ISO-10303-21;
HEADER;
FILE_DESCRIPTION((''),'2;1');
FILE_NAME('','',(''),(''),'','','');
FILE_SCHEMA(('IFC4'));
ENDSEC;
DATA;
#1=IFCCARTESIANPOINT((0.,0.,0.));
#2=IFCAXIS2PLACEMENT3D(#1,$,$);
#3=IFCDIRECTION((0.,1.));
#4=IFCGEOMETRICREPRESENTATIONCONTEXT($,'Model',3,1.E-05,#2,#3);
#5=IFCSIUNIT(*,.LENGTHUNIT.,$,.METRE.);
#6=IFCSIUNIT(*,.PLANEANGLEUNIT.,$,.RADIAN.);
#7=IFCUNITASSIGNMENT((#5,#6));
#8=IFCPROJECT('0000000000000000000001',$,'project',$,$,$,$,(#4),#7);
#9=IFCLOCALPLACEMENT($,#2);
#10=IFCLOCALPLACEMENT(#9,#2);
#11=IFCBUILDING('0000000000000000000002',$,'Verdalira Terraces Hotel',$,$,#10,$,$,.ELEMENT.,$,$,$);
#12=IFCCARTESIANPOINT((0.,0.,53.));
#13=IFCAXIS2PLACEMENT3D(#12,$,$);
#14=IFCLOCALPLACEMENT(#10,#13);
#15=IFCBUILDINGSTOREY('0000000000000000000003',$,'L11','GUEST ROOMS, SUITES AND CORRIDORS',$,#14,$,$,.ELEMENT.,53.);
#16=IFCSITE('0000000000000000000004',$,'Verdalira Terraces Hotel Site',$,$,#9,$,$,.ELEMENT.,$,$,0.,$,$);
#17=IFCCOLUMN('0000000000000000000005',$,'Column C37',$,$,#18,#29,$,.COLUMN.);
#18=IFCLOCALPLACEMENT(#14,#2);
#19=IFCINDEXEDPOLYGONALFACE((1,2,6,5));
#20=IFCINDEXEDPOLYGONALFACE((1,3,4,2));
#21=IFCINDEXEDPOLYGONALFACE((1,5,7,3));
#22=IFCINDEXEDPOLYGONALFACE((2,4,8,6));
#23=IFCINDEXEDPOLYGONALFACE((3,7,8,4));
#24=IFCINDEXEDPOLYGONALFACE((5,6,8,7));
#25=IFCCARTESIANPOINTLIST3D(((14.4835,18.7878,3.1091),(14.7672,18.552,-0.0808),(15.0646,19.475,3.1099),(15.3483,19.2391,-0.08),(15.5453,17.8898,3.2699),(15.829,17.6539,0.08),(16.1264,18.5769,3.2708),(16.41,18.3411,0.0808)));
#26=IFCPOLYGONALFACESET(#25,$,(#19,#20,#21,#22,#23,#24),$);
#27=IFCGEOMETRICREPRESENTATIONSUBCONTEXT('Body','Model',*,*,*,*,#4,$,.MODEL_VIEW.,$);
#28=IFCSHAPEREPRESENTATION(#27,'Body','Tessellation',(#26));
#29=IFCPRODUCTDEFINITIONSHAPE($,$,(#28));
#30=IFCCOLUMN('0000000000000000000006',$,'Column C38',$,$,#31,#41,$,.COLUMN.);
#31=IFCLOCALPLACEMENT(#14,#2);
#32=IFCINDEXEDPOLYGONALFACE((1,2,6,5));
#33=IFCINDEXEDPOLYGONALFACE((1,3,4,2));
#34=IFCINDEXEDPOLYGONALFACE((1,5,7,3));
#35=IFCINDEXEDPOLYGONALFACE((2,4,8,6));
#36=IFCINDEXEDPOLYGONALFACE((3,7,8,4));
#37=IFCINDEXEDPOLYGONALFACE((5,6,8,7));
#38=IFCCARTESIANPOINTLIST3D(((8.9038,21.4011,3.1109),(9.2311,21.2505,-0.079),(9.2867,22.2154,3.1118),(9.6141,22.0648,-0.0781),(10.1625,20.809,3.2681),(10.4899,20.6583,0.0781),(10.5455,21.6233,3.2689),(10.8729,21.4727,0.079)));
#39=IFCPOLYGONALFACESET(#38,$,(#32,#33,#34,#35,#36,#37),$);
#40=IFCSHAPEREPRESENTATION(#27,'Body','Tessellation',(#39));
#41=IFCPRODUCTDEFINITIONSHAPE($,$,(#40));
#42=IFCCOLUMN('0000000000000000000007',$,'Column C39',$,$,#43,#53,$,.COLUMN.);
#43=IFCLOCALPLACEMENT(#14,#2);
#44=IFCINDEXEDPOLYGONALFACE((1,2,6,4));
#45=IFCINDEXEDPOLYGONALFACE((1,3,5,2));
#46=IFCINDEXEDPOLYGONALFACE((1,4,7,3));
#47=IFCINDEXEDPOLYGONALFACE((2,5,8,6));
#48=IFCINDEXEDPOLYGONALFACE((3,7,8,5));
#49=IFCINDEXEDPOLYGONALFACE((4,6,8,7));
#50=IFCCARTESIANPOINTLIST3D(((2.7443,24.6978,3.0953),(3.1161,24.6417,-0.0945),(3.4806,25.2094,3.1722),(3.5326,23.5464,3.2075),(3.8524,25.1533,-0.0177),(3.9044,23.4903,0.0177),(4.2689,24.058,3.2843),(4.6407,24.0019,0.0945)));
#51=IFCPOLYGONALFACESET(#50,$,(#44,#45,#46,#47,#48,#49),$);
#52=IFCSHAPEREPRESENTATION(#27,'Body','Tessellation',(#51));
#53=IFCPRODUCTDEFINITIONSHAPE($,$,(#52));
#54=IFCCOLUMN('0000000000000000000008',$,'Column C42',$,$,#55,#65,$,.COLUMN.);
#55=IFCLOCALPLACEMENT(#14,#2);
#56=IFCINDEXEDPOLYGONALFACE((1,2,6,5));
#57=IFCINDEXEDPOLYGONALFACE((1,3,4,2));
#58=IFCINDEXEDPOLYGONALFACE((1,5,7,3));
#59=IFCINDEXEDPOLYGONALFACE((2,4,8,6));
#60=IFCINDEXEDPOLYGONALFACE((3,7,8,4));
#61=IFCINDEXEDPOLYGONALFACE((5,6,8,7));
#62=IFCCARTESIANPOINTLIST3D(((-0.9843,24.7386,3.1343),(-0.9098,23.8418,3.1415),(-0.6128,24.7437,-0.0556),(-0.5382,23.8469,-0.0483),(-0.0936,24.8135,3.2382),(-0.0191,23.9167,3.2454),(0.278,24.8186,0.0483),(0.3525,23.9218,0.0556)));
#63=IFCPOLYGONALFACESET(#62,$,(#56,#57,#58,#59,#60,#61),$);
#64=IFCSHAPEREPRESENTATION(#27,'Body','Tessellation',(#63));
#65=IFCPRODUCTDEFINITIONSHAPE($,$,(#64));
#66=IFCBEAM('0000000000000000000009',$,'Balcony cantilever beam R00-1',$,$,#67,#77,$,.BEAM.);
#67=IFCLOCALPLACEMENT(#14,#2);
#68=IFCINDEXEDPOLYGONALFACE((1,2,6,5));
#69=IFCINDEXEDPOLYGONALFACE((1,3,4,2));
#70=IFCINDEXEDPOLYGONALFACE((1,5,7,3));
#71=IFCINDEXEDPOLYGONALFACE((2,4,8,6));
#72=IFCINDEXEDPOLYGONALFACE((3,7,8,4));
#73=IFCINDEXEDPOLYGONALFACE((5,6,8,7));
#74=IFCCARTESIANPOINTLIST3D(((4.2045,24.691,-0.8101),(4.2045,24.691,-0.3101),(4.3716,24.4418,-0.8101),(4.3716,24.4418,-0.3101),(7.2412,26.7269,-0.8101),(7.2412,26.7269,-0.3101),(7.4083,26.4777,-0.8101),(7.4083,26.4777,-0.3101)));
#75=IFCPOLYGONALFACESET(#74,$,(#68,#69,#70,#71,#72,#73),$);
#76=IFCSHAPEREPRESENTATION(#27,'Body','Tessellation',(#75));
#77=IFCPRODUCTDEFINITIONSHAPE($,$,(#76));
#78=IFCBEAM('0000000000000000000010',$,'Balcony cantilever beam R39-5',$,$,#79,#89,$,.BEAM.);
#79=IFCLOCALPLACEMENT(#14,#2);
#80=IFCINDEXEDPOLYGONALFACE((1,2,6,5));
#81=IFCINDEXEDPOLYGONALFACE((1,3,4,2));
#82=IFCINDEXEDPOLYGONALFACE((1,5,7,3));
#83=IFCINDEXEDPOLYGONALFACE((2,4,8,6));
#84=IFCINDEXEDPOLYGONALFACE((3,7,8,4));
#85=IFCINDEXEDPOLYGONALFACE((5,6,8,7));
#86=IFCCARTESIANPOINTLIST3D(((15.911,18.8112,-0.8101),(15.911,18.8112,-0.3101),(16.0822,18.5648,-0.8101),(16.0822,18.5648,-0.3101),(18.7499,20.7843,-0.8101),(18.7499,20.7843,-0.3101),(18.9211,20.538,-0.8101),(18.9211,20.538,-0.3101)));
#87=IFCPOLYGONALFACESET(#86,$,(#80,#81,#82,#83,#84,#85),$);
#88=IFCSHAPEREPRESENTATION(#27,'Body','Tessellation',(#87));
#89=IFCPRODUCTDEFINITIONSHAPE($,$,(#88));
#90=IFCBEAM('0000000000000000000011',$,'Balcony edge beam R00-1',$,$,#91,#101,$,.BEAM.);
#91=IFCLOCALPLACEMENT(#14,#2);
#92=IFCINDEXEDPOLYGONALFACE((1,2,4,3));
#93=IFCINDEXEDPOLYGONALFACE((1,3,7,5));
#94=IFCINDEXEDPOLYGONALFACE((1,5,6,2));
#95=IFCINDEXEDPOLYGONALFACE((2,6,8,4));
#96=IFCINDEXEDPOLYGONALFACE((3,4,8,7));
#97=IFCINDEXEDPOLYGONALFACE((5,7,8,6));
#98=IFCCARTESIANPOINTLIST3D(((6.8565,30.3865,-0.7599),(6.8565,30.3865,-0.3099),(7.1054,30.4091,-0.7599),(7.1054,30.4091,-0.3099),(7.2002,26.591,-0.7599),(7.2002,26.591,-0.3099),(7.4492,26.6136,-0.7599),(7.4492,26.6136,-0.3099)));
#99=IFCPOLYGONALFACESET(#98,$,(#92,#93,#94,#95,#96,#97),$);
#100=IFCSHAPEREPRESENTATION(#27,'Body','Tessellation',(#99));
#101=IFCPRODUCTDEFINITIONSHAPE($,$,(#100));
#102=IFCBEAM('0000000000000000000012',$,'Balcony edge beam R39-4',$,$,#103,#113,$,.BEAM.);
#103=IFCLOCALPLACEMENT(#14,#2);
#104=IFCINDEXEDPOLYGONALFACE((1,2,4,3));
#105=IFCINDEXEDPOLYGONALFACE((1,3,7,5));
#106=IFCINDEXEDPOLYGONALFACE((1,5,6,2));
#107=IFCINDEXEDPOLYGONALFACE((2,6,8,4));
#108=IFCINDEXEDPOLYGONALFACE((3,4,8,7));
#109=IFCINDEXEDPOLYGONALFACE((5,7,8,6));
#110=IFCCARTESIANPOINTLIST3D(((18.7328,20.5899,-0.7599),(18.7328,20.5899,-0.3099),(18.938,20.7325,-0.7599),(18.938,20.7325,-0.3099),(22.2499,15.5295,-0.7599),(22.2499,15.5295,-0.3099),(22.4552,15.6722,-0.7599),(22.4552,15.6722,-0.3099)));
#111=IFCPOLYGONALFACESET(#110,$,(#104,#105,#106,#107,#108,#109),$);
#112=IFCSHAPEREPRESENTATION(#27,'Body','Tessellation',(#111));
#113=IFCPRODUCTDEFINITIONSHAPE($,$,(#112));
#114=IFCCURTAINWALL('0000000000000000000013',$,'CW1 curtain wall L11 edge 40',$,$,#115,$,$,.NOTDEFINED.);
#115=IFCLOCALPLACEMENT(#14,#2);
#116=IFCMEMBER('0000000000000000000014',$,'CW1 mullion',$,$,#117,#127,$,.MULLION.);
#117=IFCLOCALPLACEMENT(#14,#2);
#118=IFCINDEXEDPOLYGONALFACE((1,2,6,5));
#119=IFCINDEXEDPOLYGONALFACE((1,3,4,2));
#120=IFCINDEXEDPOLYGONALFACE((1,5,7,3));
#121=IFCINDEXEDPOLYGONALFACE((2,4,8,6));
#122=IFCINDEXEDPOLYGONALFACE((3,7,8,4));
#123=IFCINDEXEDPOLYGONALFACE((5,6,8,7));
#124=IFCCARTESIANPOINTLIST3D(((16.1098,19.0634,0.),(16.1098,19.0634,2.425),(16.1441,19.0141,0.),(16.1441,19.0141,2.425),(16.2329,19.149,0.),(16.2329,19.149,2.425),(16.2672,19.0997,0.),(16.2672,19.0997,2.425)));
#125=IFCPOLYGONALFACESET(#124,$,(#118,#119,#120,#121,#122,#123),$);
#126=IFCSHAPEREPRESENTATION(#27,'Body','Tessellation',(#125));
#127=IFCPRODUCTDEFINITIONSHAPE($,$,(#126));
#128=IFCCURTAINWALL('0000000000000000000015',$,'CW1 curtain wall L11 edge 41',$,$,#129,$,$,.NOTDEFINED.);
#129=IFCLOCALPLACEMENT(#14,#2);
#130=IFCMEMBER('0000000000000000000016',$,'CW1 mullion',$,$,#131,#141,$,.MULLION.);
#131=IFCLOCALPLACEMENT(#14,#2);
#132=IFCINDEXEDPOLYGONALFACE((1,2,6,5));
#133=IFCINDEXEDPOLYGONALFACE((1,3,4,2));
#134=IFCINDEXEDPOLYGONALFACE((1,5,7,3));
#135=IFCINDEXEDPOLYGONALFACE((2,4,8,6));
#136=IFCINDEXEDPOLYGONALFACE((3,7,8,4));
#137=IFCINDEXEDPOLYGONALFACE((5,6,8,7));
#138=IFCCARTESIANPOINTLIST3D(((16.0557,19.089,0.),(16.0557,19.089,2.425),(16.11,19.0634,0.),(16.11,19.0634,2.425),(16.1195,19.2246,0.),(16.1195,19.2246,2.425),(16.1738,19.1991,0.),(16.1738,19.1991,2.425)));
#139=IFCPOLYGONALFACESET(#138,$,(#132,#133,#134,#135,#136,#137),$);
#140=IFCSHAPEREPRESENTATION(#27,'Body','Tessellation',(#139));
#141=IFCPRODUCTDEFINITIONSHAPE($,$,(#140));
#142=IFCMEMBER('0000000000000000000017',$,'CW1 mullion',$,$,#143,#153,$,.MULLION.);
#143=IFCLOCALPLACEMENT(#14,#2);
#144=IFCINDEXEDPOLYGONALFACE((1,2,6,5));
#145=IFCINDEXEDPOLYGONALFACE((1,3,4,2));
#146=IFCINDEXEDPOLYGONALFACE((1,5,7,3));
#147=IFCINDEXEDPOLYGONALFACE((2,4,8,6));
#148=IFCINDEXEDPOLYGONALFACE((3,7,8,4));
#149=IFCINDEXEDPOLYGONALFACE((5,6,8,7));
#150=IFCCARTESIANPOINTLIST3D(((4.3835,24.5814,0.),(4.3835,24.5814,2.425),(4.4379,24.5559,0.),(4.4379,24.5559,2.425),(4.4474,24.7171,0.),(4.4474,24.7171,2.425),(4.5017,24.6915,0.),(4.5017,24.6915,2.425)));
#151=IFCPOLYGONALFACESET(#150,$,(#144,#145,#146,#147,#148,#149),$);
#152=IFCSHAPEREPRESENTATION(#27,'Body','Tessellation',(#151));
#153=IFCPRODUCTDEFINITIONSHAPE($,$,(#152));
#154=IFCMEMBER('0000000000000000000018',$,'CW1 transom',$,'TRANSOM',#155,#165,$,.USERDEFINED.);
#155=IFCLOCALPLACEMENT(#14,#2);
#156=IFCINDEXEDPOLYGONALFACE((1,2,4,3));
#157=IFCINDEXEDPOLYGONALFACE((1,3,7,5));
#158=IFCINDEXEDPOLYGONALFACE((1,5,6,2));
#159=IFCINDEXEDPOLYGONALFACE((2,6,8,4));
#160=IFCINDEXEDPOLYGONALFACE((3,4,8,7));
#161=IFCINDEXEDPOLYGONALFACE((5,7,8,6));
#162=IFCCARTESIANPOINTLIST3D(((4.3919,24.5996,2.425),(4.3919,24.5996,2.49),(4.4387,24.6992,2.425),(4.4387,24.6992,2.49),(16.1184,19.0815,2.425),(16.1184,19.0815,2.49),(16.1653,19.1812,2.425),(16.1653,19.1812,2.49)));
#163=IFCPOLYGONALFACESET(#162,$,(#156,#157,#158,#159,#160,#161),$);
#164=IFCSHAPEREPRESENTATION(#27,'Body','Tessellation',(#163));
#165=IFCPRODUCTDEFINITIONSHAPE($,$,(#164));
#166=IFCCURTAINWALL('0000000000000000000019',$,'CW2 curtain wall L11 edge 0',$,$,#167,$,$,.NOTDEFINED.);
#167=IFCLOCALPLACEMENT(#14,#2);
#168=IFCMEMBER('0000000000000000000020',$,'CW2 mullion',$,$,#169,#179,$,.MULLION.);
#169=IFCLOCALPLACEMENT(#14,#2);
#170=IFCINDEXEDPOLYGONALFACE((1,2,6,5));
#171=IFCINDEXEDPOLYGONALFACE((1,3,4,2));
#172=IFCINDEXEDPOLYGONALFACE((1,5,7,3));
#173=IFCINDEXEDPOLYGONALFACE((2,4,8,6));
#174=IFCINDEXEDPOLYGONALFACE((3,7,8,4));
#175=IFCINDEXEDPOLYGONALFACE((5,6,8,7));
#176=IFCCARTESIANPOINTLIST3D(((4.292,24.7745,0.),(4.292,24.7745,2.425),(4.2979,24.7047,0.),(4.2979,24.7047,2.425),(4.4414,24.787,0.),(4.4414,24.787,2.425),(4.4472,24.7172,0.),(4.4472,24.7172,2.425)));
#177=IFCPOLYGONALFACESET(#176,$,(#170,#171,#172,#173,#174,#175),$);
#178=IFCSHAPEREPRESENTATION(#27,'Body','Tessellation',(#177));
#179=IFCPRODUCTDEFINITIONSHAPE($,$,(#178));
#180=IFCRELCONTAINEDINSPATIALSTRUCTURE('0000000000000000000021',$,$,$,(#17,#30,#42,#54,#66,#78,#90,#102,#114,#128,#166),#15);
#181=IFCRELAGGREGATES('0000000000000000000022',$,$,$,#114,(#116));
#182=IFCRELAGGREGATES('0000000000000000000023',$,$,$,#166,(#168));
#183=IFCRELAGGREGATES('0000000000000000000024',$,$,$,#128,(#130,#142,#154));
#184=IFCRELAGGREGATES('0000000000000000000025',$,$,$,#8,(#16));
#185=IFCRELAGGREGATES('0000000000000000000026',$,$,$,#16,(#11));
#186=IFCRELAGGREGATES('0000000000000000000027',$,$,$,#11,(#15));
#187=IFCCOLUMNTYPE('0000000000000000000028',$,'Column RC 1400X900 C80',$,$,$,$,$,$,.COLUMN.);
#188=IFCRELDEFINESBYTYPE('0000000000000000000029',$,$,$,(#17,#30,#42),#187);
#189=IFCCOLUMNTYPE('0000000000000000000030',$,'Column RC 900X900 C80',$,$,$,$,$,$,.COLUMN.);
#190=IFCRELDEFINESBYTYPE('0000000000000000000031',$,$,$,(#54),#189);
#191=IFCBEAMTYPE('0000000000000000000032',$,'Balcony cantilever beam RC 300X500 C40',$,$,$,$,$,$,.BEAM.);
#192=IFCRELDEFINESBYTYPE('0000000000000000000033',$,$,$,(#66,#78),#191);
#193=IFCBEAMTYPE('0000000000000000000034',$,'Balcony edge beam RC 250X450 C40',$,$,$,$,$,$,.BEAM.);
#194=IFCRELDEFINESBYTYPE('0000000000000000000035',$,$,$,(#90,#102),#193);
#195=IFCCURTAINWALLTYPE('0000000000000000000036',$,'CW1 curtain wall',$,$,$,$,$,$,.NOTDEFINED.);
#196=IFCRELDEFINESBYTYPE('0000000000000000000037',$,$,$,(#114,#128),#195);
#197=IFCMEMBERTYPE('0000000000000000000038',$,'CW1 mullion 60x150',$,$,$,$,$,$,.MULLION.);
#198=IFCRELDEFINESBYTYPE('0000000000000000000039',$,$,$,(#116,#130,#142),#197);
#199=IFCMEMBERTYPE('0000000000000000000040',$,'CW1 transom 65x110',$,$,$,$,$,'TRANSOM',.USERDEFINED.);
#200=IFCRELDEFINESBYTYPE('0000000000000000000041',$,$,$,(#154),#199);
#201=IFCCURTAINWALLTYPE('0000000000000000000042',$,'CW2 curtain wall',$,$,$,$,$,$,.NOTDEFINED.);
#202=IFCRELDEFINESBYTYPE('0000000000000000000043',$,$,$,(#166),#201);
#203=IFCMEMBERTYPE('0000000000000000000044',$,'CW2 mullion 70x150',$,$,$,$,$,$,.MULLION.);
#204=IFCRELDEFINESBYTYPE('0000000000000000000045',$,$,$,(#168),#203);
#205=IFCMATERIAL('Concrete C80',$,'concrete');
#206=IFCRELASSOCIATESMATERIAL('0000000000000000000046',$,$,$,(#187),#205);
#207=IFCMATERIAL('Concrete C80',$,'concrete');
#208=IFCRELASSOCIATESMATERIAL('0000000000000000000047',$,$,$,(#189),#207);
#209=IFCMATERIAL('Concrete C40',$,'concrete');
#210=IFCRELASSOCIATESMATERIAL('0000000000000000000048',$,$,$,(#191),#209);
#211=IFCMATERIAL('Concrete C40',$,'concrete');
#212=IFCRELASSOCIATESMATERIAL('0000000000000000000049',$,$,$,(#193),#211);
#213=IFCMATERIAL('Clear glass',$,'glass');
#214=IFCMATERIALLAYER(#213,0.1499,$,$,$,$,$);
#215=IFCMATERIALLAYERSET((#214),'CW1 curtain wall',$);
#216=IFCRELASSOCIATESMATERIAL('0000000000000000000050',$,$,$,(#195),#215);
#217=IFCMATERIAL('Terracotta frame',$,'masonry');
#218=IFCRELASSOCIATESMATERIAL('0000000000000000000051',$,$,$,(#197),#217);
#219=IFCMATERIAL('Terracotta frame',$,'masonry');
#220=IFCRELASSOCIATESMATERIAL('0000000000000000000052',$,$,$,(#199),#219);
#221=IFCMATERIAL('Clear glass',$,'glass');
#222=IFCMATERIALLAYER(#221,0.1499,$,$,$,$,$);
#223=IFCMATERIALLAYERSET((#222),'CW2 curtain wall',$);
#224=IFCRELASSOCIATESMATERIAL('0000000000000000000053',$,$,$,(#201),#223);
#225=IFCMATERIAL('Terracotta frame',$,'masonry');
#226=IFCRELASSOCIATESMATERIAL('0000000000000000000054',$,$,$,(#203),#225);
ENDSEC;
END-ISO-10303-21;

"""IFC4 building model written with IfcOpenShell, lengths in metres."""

from ifc_helpers import new_model, si_unit, direction, frame, origin, origin_2d, place, context, subcontext, project, spatial, rectangle, extrude, material, layer, layer_set, material_profile, profile_set, type_object, element, aggregate, save


model = new_model("IFC4")

# Units and contexts
model_context = context("Model", 3, precision=1e-05, world=origin(), true_north=direction((0.0, 1.0)))
body_context = subcontext(model_context, "Body", "Model", "MODEL_VIEW")
ifc_project = project(units=[si_unit("LENGTHUNIT", "METRE"), si_unit("PLANEANGLEUNIT", "RADIAN")], contexts=[model_context])

# Site, building, storey
site_placement = place(None, origin())
site = spatial("IfcSite", under=ifc_project, at=site_placement, Name="Verdalira Terraces Hotel Site", CompositionType="ELEMENT", RefElevation=0.0)
building_placement = place(site_placement, origin())
building = spatial("IfcBuilding", under=site, at=building_placement, Name="Verdalira Terraces Hotel", CompositionType="ELEMENT")
storey_placement = place(building_placement, frame((0.0, 0.0, 53.0)))
storey = spatial("IfcBuildingStorey", under=building, at=storey_placement, Name="L11", Description="GUEST ROOMS, SUITES AND CORRIDORS", CompositionType="ELEMENT", Elevation=53.0)

# Columns
ifc_material_1 = material(Name="Concrete C80", Category="concrete")
ifc_material_profile_1 = material_profile(ifc_material_1, rectangle(XDim=1.3999, YDim=0.8999, at=origin_2d()), Name="RC 1400X900")
ifc_profile_set_1 = profile_set([ifc_material_profile_1], Name="Concrete C80")
column_type_1 = type_object("IfcColumnType", Name="Column RC 1400X900 C80", PredefinedType="COLUMN", material=ifc_profile_set_1)
column_1_placement = place(storey_placement, frame((15.5886, 18.4465, 0.0), z_axis=(-0.088344, 0.073443, 0.993379), x_axis=(0.75847, -0.641502, 0.114881)))
element("IfcColumn", 1, at=column_1_placement, inside=storey, type_object=column_type_1, Name="Column C37", PredefinedType="COLUMN", context=body_context, shape_type="SweptSolid", body=[
    extrude(rectangle(XDim=1.3999, YDim=0.8999, at=origin_2d()), origin(), (0.0, 0.0, 1.0), 3.2112),
])
column_2_placement = place(storey_placement, frame((10.052, 21.3616, 0.0), z_axis=(-0.101984, 0.046923, 0.993679), x_axis=(-0.899156, 0.422987, -0.112257)))
element("IfcColumn", 2, at=column_2_placement, inside=storey, type_object=column_type_1, Name="Column C38", PredefinedType="COLUMN", context=body_context, shape_type="SweptSolid", body=[
    extrude(rectangle(XDim=1.3999, YDim=0.8999, at=origin_2d()), origin(), (0.0, 0.0, 1.0), 3.2102),
])
column_3_placement = place(storey_placement, frame((3.8784, 24.3218, 0.0), z_axis=(-0.115761, 0.017482, 0.993123), x_axis=(0.56312, -0.822482, 0.080117)))
element("IfcColumn", 3, at=column_3_placement, inside=storey, type_object=column_type_1, Name="Column C39", PredefinedType="COLUMN", context=body_context, shape_type="SweptSolid", body=[
    extrude(rectangle(XDim=1.3999, YDim=0.8999, at=origin_2d()), origin(), (0.0, 0.0, 1.0), 3.2119),
])
ifc_material_2 = material(Name="Concrete C80", Category="concrete")
ifc_material_profile_2 = material_profile(ifc_material_2, rectangle(XDim=0.8999, YDim=0.8999, at=origin_2d()), Name="RC 900X900")
ifc_profile_set_2 = profile_set([ifc_material_profile_2], Name="Concrete C80")
column_type_2 = type_object("IfcColumnType", Name="Column RC 900X900 C80", PredefinedType="COLUMN", material=ifc_profile_set_2)
column_4_placement = place(storey_placement, frame((-0.1301, 24.3328, 0.0), z_axis=(-0.115703, -0.001596, 0.993283), x_axis=(-0.082814, 0.996533, -0.008045)))
element("IfcColumn", 4, at=column_4_placement, inside=storey, type_object=column_type_2, Name="Column C42", PredefinedType="COLUMN", context=body_context, shape_type="SweptSolid", body=[
    extrude(rectangle(XDim=0.8999, YDim=0.8999, at=origin_2d()), origin(), (0.0, 0.0, 1.0), 3.2114),
])

# Beams
ifc_material_3 = material(Name="Concrete C40", Category="concrete")
ifc_material_profile_3 = material_profile(ifc_material_3, rectangle(XDim=0.3, YDim=0.5, at=origin_2d()), Name="RC 300X500")
ifc_profile_set_3 = profile_set([ifc_material_profile_3], Name="Concrete C40")
beam_type_1 = type_object("IfcBeamType", Name="Balcony cantilever beam RC 300X500 C40", PredefinedType="BEAM", material=ifc_profile_set_3)
beam_1_placement = place(storey_placement, frame((4.2881, 24.5664, -0.5601), z_axis=(0.830599, 0.556871, 0.0), x_axis=(-0.556871, 0.830599, 0.0)))
element("IfcBeam", 5, at=beam_1_placement, inside=storey, type_object=beam_type_1, Name="Balcony cantilever beam R00-1", PredefinedType="BEAM", context=body_context, shape_type="SweptSolid", body=[
    extrude(rectangle(XDim=0.3, YDim=0.5, at=origin_2d()), origin(), (0.0, 0.0, 1.0), 3.656),
])
beam_2_placement = place(storey_placement, frame((15.9966, 18.688, -0.5601), z_axis=(0.821138, 0.570729, 0.0), x_axis=(-0.570729, 0.821138, 0.0)))
element("IfcBeam", 6, at=beam_2_placement, inside=storey, type_object=beam_type_1, Name="Balcony cantilever beam R39-5", PredefinedType="BEAM", context=body_context, shape_type="SweptSolid", body=[
    extrude(rectangle(XDim=0.3, YDim=0.5, at=origin_2d()), origin(), (0.0, 0.0, 1.0), 3.4573),
])
ifc_material_4 = material(Name="Concrete C40", Category="concrete")
ifc_material_profile_4 = material_profile(ifc_material_4, rectangle(XDim=0.25, YDim=0.45, at=origin_2d()), Name="RC 250X450")
ifc_profile_set_4 = profile_set([ifc_material_profile_4], Name="Concrete C40")
beam_type_2 = type_object("IfcBeamType", Name="Balcony edge beam RC 250X450 C40", PredefinedType="BEAM", material=ifc_profile_set_4)
beam_3_placement = place(storey_placement, frame((7.3247, 26.6023, -0.5349), z_axis=(-0.090201, 0.995924, 0.0), x_axis=(-0.995924, -0.090201, 0.0)))
element("IfcBeam", 7, at=beam_3_placement, inside=storey, type_object=beam_type_2, Name="Balcony edge beam R00-1", PredefinedType="BEAM", context=body_context, shape_type="SweptSolid", body=[
    extrude(rectangle(XDim=0.25, YDim=0.45, at=origin_2d()), origin(), (0.0, 0.0, 1.0), 3.811),
])
beam_4_placement = place(storey_placement, frame((22.3525, 15.6008, -0.5349), z_axis=(-0.570723, 0.821143, 0.0), x_axis=(-0.821143, -0.570723, 0.0)))
element("IfcBeam", 8, at=beam_4_placement, inside=storey, type_object=beam_type_2, Name="Balcony edge beam R39-4", PredefinedType="BEAM", context=body_context, shape_type="SweptSolid", body=[
    extrude(rectangle(XDim=0.25, YDim=0.45, at=origin_2d()), origin(), (0.0, 0.0, 1.0), 6.1626),
])

# Curtain wall, member
ifc_material_5 = material(Name="Clear glass", Category="glass")
ifc_layer_1 = layer(ifc_material_5, 0.1499)
ifc_layer_set_1 = layer_set([ifc_layer_1], Name="CW1 curtain wall")
curtain_wall_type_1 = type_object("IfcCurtainWallType", Name="CW1 curtain wall", PredefinedType="NOTDEFINED", material=ifc_layer_set_1)
curtain_wall_1_placement = place(storey_placement, origin())
curtain_wall_1 = element("IfcCurtainWall", 9, at=curtain_wall_1_placement, inside=storey, type_object=curtain_wall_type_1, Name="CW1 curtain wall L11 edge 40", PredefinedType="NOTDEFINED")
ifc_material_6 = material(Name="Terracotta frame", Category="masonry")
ifc_material_profile_5 = material_profile(ifc_material_6, rectangle(XDim=0.0601, YDim=0.1499, at=origin_2d()), Name="MU 60x150")
ifc_profile_set_5 = profile_set([ifc_material_profile_5], Name="Terracotta frame")
member_type_1 = type_object("IfcMemberType", Name="CW1 mullion 60x150", PredefinedType="MULLION", material=ifc_profile_set_5)
member_1_placement = place(storey_placement, frame((16.1885, 19.0815, 0.0), z_axis=(0.0, 0.0, 1.0), x_axis=(-0.570714, 0.821149, 0.0)))
member_1 = element("IfcMember", 10, at=member_1_placement, type_object=member_type_1, Name="CW1 mullion", PredefinedType="MULLION", context=body_context, shape_type="SweptSolid", body=[
    extrude(rectangle(XDim=0.0601, YDim=0.1499, at=origin_2d()), origin(), (0.0, 0.0, 1.0), 2.425),
])
aggregate(curtain_wall_1, [member_1])

# Curtain walls, members
curtain_wall_2_placement = place(storey_placement, origin())
curtain_wall_2 = element("IfcCurtainWall", 11, at=curtain_wall_2_placement, inside=storey, type_object=curtain_wall_type_1, Name="CW1 curtain wall L11 edge 41", PredefinedType="NOTDEFINED")
member_2_placement = place(storey_placement, frame((16.1147, 19.144, 0.0), z_axis=(0.0, 0.0, 1.0), x_axis=(-0.904827, 0.425779, 0.0)))
member_2 = element("IfcMember", 12, at=member_2_placement, type_object=member_type_1, Name="CW1 mullion", PredefinedType="MULLION", context=body_context, shape_type="SweptSolid", body=[
    extrude(rectangle(XDim=0.0601, YDim=0.1499, at=origin_2d()), origin(), (0.0, 0.0, 1.0), 2.425),
])
member_3_placement = place(storey_placement, frame((4.4426, 24.6365, 0.0), z_axis=(0.0, 0.0, 1.0), x_axis=(-0.904827, 0.425779, 0.0)))
member_3 = element("IfcMember", 13, at=member_3_placement, type_object=member_type_1, Name="CW1 mullion", PredefinedType="MULLION", context=body_context, shape_type="SweptSolid", body=[
    extrude(rectangle(XDim=0.0601, YDim=0.1499, at=origin_2d()), origin(), (0.0, 0.0, 1.0), 2.425),
])
ifc_material_7 = material(Name="Terracotta frame", Category="masonry")
ifc_material_profile_6 = material_profile(ifc_material_7, rectangle(XDim=0.1101, YDim=0.0649, at=origin_2d()), Name="TR 65x110")
ifc_profile_set_6 = profile_set([ifc_material_profile_6], Name="Terracotta frame")
member_type_2 = type_object("IfcMemberType", Name="CW1 transom 65x110", ElementType="TRANSOM", PredefinedType="USERDEFINED", material=ifc_profile_set_6)
member_4_placement = place(storey_placement, frame((16.1418, 19.1313, 2.4575), z_axis=(-0.904828, 0.425777, 0.0), x_axis=(-0.425777, -0.904828, 0.0)))
member_4 = element("IfcMember", 14, at=member_4_placement, type_object=member_type_2, Name="CW1 transom", ObjectType="TRANSOM", PredefinedType="USERDEFINED", context=body_context, shape_type="SweptSolid", body=[
    extrude(rectangle(XDim=0.1101, YDim=0.0649, at=origin_2d()), origin(), (0.0, 0.0, 1.0), 12.96),
])
ifc_material_8 = material(Name="Clear glass", Category="glass")
ifc_layer_2 = layer(ifc_material_8, 0.1499)
ifc_layer_set_2 = layer_set([ifc_layer_2], Name="CW2 curtain wall")
curtain_wall_type_2 = type_object("IfcCurtainWallType", Name="CW2 curtain wall", PredefinedType="NOTDEFINED", material=ifc_layer_set_2)
curtain_wall_3_placement = place(storey_placement, origin())
curtain_wall_3 = element("IfcCurtainWall", 15, at=curtain_wall_3_placement, inside=storey, type_object=curtain_wall_type_2, Name="CW2 curtain wall L11 edge 0", PredefinedType="NOTDEFINED")
ifc_material_9 = material(Name="Terracotta frame", Category="masonry")
ifc_material_profile_7 = material_profile(ifc_material_9, rectangle(XDim=0.0701, YDim=0.1499, at=origin_2d()), Name="MU 70x150")
ifc_profile_set_7 = profile_set([ifc_material_profile_7], Name="Terracotta frame")
member_type_3 = type_object("IfcMemberType", Name="CW2 mullion 70x150", PredefinedType="MULLION", material=ifc_profile_set_7)
member_5_placement = place(storey_placement, frame((4.3696, 24.7459, 0.0), z_axis=(0.0, 0.0, 1.0), x_axis=(-0.083678, 0.996493, 0.0)))
member_5 = element("IfcMember", 16, at=member_5_placement, type_object=member_type_3, Name="CW2 mullion", PredefinedType="MULLION", context=body_context, shape_type="SweptSolid", body=[
    extrude(rectangle(XDim=0.0701, YDim=0.1499, at=origin_2d()), origin(), (0.0, 0.0, 1.0), 2.425),
])
aggregate(curtain_wall_3, [member_5])

aggregate(curtain_wall_2, [member_2, member_3, member_4])

save(model, "model.ifc")
